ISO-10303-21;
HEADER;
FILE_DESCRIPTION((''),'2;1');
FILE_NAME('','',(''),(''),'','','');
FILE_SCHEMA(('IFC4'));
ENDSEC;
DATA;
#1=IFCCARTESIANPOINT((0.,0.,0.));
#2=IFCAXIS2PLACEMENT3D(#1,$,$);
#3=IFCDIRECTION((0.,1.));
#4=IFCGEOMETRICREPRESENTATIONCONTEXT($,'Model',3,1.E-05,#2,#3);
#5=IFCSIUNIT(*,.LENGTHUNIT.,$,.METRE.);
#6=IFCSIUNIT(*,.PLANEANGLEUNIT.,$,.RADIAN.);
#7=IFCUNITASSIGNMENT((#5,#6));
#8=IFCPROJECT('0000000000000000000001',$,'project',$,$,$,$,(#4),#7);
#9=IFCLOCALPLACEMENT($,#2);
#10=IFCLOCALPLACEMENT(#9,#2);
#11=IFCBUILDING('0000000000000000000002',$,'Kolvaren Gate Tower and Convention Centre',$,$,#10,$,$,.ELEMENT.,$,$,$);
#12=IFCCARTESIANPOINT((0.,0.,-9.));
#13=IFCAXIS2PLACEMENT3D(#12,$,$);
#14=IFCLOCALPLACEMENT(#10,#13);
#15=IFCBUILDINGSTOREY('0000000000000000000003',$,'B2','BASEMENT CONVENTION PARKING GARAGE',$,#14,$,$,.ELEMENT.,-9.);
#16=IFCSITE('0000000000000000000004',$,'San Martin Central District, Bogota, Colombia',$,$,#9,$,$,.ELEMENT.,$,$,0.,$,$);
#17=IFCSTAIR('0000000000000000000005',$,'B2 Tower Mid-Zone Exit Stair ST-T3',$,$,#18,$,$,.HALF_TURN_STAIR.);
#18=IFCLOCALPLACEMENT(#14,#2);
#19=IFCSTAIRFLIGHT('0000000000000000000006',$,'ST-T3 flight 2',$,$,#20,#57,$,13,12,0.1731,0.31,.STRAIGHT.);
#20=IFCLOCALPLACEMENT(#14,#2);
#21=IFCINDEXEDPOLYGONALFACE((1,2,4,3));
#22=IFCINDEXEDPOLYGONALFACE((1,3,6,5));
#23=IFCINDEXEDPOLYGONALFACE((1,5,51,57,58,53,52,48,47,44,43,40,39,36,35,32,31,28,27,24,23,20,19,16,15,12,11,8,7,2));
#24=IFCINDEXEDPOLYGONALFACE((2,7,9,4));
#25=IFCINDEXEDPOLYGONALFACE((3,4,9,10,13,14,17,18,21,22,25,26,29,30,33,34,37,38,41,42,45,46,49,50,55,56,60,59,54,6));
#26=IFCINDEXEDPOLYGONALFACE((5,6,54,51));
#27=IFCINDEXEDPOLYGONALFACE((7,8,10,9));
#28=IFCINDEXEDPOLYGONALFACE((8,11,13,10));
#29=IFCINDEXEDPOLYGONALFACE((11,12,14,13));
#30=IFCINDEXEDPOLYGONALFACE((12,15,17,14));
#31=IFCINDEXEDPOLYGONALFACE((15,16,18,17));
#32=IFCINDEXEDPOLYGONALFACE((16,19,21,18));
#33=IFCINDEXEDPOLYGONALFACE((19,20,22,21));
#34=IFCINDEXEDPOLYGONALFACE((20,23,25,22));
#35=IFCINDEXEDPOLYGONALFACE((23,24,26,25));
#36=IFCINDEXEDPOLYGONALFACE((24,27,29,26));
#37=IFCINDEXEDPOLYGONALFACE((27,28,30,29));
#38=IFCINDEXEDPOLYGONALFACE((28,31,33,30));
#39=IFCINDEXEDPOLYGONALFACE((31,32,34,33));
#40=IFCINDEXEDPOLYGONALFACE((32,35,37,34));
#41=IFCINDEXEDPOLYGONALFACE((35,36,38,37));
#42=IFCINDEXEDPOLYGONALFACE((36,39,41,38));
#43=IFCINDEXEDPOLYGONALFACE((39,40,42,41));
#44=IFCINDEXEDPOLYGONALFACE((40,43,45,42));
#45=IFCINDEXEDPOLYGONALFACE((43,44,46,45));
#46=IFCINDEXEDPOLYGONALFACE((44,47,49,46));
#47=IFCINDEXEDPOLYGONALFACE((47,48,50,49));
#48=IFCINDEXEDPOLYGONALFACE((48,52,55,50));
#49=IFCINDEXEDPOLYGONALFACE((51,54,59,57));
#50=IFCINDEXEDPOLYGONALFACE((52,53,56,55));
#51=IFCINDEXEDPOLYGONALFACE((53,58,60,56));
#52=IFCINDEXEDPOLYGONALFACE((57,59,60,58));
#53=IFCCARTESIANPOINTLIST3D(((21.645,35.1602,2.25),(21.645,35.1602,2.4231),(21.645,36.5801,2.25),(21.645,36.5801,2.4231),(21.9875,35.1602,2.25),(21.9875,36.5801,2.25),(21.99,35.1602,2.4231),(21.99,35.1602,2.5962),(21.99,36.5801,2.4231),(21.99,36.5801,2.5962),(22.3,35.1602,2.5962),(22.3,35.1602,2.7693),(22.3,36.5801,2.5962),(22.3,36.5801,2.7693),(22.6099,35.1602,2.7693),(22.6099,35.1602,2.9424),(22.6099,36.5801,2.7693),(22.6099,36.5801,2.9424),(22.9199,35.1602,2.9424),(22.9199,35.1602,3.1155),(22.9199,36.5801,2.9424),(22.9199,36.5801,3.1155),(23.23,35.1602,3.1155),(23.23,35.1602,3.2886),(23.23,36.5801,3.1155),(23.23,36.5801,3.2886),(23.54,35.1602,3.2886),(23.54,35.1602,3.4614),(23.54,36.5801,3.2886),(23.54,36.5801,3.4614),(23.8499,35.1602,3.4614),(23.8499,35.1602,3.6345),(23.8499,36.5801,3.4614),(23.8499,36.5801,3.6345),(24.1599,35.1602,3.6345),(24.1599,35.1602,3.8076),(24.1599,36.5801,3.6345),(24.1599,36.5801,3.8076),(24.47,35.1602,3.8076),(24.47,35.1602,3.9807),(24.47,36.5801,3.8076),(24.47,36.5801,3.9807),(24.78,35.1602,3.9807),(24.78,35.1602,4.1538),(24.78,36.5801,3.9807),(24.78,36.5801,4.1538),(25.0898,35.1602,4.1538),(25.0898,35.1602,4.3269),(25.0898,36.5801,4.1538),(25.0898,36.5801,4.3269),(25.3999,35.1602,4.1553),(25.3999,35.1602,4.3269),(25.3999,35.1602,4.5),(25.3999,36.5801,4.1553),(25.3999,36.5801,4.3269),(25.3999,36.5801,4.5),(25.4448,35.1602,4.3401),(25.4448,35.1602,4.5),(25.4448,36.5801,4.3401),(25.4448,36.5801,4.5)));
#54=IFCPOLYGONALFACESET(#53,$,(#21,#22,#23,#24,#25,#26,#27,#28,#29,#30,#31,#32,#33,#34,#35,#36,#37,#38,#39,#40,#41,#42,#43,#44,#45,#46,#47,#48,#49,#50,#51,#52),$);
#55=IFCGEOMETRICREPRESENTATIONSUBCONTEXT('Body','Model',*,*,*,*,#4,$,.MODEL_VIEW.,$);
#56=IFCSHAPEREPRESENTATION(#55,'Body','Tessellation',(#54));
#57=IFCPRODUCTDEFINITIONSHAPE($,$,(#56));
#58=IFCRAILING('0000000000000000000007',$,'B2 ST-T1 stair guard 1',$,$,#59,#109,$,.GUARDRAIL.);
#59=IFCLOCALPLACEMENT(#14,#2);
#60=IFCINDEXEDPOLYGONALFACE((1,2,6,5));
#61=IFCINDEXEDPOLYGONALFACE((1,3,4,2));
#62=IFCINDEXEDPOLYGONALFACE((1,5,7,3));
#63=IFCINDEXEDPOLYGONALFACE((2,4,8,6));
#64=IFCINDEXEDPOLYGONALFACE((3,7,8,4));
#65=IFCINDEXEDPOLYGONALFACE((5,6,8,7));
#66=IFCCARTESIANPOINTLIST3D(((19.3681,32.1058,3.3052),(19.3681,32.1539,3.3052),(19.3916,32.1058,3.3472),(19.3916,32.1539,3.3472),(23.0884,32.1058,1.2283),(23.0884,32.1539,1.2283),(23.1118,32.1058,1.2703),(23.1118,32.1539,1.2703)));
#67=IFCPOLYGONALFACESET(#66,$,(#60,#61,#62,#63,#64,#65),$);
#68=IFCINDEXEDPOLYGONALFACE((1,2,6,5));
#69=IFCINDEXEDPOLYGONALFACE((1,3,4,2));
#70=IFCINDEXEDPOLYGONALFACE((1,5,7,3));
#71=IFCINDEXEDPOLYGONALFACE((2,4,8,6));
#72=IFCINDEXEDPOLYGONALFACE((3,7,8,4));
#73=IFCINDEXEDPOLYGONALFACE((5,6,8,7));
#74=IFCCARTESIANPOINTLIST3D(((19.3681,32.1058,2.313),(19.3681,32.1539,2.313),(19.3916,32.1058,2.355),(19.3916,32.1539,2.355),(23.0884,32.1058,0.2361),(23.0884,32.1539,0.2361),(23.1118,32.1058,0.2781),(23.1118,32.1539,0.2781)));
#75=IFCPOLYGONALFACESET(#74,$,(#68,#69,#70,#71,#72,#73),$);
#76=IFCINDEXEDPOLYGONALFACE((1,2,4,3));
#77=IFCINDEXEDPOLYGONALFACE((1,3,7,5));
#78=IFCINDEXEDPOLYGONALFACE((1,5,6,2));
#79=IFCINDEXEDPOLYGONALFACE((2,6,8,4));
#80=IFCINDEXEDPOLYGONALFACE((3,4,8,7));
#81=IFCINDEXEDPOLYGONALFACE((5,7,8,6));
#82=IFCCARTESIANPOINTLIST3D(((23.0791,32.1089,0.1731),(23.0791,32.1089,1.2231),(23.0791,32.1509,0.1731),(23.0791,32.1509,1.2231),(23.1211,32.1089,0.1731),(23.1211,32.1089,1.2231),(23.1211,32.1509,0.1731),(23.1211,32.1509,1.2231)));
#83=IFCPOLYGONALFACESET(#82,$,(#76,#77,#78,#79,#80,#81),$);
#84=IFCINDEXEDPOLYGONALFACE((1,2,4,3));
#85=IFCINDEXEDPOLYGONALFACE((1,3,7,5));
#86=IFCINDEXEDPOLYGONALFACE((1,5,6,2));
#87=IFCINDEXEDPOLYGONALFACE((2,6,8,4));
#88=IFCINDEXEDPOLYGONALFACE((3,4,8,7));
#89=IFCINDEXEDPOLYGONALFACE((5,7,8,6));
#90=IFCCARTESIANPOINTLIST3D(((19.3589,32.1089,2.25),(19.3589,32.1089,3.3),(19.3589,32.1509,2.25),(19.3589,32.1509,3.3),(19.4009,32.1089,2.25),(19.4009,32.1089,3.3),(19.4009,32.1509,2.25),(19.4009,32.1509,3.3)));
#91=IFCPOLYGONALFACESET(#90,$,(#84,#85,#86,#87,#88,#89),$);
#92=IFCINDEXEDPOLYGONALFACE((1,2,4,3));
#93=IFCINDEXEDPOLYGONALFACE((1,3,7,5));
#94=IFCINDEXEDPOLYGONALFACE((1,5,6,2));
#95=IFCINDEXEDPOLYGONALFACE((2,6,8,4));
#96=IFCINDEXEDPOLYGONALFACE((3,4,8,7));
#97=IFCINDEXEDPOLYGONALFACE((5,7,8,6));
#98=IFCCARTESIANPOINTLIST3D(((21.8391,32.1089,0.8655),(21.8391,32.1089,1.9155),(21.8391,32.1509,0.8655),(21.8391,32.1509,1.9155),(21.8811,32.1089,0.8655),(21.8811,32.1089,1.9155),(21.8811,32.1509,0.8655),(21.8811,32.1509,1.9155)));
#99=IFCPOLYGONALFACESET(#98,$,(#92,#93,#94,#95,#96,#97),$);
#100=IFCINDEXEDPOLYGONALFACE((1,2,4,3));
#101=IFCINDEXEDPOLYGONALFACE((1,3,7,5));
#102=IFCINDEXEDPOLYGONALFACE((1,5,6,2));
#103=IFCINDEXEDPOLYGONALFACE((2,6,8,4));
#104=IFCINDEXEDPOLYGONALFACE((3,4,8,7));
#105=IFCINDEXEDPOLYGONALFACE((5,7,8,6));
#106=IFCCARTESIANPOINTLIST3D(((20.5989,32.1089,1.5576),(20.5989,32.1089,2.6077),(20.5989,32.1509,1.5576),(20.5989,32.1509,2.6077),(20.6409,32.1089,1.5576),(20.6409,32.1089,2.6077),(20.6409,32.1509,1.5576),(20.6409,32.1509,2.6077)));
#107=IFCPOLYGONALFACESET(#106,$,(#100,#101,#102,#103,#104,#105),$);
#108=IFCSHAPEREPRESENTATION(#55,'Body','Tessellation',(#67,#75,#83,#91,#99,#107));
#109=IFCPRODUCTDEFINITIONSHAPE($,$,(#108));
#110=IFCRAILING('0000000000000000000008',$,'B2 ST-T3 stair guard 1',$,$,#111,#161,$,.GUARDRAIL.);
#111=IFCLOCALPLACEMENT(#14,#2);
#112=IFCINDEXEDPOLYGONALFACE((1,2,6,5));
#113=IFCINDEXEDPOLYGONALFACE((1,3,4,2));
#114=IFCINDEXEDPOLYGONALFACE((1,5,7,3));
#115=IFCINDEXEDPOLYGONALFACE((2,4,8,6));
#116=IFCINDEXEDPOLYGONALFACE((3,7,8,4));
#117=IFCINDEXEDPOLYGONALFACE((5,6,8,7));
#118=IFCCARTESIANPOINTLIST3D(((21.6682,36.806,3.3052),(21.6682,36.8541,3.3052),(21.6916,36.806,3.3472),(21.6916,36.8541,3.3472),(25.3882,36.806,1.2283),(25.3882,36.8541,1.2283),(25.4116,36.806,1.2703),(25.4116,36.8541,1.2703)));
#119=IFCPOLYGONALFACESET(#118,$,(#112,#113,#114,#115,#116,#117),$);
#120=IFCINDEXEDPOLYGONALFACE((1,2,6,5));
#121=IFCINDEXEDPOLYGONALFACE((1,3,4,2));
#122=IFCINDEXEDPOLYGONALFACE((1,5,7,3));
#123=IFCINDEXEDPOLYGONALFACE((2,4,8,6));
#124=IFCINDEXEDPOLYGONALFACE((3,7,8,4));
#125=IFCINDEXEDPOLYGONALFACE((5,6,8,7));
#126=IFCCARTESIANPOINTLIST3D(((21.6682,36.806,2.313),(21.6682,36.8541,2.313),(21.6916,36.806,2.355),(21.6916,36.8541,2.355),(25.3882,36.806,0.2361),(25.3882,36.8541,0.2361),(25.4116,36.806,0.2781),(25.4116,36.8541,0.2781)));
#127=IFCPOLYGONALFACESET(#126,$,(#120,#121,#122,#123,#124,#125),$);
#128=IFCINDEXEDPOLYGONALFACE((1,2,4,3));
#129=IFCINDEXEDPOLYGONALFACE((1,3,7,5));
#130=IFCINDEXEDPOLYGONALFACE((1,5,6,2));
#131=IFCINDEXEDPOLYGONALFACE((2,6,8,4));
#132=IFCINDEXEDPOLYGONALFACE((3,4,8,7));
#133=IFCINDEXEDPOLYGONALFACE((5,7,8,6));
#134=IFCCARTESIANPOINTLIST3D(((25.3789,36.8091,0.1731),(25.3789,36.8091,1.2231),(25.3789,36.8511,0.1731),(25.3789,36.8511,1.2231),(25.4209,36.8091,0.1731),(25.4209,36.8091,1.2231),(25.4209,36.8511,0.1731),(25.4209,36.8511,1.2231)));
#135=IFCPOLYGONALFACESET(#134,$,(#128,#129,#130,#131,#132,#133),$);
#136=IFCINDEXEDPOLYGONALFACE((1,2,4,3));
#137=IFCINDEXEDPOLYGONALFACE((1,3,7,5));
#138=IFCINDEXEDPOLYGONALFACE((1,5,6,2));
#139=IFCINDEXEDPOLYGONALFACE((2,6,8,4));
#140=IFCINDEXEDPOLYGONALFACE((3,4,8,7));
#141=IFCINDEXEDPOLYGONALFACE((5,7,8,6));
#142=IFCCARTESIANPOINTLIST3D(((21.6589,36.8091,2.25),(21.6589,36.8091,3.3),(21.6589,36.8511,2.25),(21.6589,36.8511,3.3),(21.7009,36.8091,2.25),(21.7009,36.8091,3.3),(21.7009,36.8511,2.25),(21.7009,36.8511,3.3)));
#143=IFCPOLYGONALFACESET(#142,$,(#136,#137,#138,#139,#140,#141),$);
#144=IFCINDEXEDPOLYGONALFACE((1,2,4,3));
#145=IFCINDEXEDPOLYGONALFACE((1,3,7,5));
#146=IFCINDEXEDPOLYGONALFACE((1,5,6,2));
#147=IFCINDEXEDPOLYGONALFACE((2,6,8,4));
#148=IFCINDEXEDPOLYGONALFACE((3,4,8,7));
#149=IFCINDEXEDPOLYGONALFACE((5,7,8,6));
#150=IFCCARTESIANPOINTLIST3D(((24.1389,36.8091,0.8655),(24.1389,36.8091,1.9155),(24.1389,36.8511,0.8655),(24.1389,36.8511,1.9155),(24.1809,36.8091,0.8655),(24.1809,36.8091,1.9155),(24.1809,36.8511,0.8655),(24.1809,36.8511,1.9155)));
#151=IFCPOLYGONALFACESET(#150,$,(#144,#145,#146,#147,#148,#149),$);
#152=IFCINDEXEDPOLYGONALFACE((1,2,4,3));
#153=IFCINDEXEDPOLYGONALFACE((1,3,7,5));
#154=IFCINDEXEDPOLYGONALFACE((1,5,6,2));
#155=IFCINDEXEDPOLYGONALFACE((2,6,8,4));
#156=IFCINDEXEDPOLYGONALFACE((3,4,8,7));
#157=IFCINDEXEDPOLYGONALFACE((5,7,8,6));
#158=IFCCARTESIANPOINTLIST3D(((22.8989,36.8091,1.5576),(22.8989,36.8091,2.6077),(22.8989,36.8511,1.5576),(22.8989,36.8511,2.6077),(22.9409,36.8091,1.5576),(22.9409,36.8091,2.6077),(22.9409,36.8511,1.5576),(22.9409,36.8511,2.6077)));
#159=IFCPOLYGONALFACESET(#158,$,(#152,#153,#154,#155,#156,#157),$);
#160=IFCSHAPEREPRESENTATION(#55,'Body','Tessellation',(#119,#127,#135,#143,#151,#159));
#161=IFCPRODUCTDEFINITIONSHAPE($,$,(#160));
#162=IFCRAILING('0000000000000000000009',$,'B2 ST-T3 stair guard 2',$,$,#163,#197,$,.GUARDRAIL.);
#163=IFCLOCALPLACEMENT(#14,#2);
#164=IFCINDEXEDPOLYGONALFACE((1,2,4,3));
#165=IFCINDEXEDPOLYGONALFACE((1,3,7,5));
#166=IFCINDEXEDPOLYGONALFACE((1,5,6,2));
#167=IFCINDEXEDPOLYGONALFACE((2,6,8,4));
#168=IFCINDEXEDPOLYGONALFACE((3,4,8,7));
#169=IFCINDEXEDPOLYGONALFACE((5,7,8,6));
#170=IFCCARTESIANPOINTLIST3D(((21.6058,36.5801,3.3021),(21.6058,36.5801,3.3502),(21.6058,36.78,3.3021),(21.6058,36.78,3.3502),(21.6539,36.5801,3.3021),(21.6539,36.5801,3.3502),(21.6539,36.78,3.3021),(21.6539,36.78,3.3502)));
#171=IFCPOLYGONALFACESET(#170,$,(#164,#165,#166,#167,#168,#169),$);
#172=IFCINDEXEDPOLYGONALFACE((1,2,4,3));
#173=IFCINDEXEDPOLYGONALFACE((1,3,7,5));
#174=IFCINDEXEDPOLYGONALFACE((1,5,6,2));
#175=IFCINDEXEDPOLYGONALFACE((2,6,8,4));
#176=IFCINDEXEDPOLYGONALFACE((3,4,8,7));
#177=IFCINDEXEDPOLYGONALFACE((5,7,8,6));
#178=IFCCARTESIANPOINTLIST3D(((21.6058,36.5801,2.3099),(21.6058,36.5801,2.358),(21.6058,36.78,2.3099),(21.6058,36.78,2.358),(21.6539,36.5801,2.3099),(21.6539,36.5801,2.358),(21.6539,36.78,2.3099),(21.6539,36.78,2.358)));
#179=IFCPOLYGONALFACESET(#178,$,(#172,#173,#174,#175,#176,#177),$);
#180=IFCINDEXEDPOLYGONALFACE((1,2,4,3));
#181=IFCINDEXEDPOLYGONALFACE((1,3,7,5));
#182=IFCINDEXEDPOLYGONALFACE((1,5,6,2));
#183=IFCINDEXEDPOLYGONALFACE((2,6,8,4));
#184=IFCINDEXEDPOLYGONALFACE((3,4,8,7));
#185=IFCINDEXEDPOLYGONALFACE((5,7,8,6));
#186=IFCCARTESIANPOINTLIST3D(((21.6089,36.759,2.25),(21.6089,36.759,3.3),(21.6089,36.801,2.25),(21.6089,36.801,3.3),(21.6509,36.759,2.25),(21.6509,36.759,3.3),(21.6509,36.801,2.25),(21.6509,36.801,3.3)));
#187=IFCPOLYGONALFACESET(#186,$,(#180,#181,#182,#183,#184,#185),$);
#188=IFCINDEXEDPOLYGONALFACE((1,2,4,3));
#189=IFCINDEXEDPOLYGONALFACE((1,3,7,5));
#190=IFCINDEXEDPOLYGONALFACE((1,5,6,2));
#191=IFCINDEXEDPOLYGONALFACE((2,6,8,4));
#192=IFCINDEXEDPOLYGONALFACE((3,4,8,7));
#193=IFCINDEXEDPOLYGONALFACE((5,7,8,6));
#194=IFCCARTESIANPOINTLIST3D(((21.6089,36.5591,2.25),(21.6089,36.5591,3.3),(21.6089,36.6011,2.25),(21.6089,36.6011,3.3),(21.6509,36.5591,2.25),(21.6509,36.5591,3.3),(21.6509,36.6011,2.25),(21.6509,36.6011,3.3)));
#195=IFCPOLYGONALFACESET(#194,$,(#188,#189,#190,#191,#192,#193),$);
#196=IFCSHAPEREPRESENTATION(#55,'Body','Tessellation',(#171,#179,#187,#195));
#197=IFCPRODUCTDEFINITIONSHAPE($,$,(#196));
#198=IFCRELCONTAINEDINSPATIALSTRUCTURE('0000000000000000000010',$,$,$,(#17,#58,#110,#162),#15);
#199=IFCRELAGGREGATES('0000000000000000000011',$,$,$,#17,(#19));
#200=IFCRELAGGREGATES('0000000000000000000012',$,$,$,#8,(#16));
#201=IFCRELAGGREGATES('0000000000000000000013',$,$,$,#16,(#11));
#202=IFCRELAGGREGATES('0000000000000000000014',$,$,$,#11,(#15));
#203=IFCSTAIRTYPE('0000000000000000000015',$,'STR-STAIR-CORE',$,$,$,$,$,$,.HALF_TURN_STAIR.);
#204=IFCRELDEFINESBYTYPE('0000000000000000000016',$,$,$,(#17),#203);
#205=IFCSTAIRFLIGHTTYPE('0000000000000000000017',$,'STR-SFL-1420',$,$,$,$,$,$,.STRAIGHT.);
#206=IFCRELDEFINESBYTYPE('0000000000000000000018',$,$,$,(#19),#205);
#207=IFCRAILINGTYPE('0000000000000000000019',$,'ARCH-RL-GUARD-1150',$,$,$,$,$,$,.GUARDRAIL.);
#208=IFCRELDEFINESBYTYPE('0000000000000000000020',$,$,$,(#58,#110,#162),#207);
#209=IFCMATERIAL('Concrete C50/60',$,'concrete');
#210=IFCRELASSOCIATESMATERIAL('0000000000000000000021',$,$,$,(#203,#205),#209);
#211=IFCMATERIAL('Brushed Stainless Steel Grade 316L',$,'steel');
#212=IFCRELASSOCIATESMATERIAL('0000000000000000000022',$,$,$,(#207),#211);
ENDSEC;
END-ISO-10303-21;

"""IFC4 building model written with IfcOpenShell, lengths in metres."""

from ifc_helpers import new_model, si_unit, direction, frame, origin, origin_2d, place, context, subcontext, project, spatial, polyline, rectangle, outline, extrude, material, type_object, element, aggregate, save


model = new_model("IFC4")

# Units and contexts
model_context = context("Model", 3, precision=1e-05, world=origin(), true_north=direction((0.0, 1.0)))
body_context = subcontext(model_context, "Body", "Model", "MODEL_VIEW")
ifc_project = project(units=[si_unit("LENGTHUNIT", "METRE"), si_unit("PLANEANGLEUNIT", "RADIAN")], contexts=[model_context])

# Site, building, storey
site_placement = place(None, origin())
site = spatial("IfcSite", under=ifc_project, at=site_placement, Name="San Martin Central District, Bogota, Colombia", CompositionType="ELEMENT", RefElevation=0.0)
building_placement = place(site_placement, origin())
building = spatial("IfcBuilding", under=site, at=building_placement, Name="Kolvaren Gate Tower and Convention Centre", CompositionType="ELEMENT")
storey_placement = place(building_placement, frame((0.0, 0.0, -9.0)))
storey = spatial("IfcBuildingStorey", under=building, at=storey_placement, Name="B2", Description="BASEMENT CONVENTION PARKING GARAGE", CompositionType="ELEMENT", Elevation=-9.0)

# Shared definitions
ifc_material_1 = material(Name="Concrete C50/60", Category="concrete")

# Shared definitions
stair_type = type_object("IfcStairType", Name="STR-STAIR-CORE", PredefinedType="HALF_TURN_STAIR", material=ifc_material_1)
stair_flight_type = type_object("IfcStairFlightType", Name="STR-SFL-1420", PredefinedType="STRAIGHT", material=ifc_material_1)

# Stair, stair flight
stair_1_placement = place(storey_placement, origin())
stair_1 = element("IfcStair", 1, at=stair_1_placement, inside=storey, type_object=stair_type, Name="B2 Tower Mid-Zone Exit Stair ST-T3", PredefinedType="HALF_TURN_STAIR")
stair_flight_1_placement = place(storey_placement, frame((21.6799, 35.8701, 2.25), z_axis=(0.0, 0.0, 1.0), x_axis=(1.0, 0.0, 0.0)))
stair_flight_1 = element("IfcStairFlight", 2, at=stair_flight_1_placement, type_object=stair_flight_type, Name="ST-T3 flight 2", NumberOfRisers=13, NumberOfTreads=12, PredefinedType="STRAIGHT", RiserHeight=0.1731, TreadLength=0.31, context=body_context, shape_type="SweptSolid", body=[
    extrude(outline(polyline([(-0.0349, 0.0), (-0.0349, 0.1731), (0.3101, 0.1731), (0.3101, 0.3462), (0.6201, 0.3462), (0.6201, 0.5193), (0.9299, 0.5193), (0.9299, 0.6924), (1.24, 0.6924), (1.24, 0.8655), (1.55, 0.8655), (1.55, 1.0386), (1.8601, 1.0386), (1.8601, 1.2114), (2.1699, 1.2114), (2.1699, 1.3845), (2.48, 1.3845), (2.48, 1.5576), (2.79, 1.5576), (2.79, 1.7307), (3.1001, 1.7307), (3.1001, 1.9038), (3.4099, 1.9038), (3.4099, 2.0769), (3.72, 2.0769), (3.72, 2.25), (3.7649, 2.25), (3.7649, 2.0901), (3.72, 1.9053), (0.3076, 0.0), (-0.0349, 0.0)])), frame((0.0, 0.71, 0.0), z_axis=(0.0, -1.0, 0.0), x_axis=(1.0, 0.0, 0.0)), (0.0, 0.0, 1.0), 1.4199),
])
aggregate(stair_1, [stair_flight_1])

# Railings
ifc_material_2 = material(Name="Brushed Stainless Steel Grade 316L", Category="steel")
railing_type_1 = type_object("IfcRailingType", Name="ARCH-RL-GUARD-1150", PredefinedType="GUARDRAIL", material=ifc_material_2)
railing_1_placement = place(storey_placement, frame((23.1001, 32.1299, 0.1731)))
element("IfcRailing", 3, at=railing_1_placement, inside=storey, type_object=railing_type_1, Name="B2 ST-T1 stair guard 1", PredefinedType="GUARDRAIL", context=body_context, shape_type="SweptSolid", body=[
    extrude(rectangle(XDim=0.0481, YDim=0.0481, at=origin_2d()), frame((0.0, 0.0, 1.0762), z_axis=(-0.873147, 0.0, 0.487457), x_axis=(0.0, -1.0, 0.0)), (0.0, 0.0, 1.0), 4.2607),
    extrude(rectangle(XDim=0.0481, YDim=0.0481, at=origin_2d()), frame((0.0, 0.0, 0.084), z_axis=(-0.873147, 0.0, 0.487457), x_axis=(0.0, -1.0, 0.0)), (0.0, 0.0, 1.0), 4.2607),
    extrude(rectangle(XDim=0.042, YDim=0.042, at=origin_2d()), origin(), (0.0, 0.0, 1.0), 1.05),
    extrude(rectangle(XDim=0.042, YDim=0.042, at=origin_2d()), frame((-3.7202, 0.0, 2.0769)), (0.0, 0.0, 1.0), 1.05),
    extrude(rectangle(XDim=0.042, YDim=0.042, at=origin_2d()), frame((-1.24, 0.0, 0.6924)), (0.0, 0.0, 1.0), 1.05),
    extrude(rectangle(XDim=0.042, YDim=0.042, at=origin_2d()), frame((-2.4802, 0.0, 1.3845)), (0.0, 0.0, 1.0), 1.05),
])
railing_2_placement = place(storey_placement, frame((25.3999, 36.8301, 0.1731)))
element("IfcRailing", 4, at=railing_2_placement, inside=storey, type_object=railing_type_1, Name="B2 ST-T3 stair guard 1", PredefinedType="GUARDRAIL", context=body_context, shape_type="SweptSolid", body=[
    extrude(rectangle(XDim=0.0481, YDim=0.0481, at=origin_2d()), frame((0.0, 0.0, 1.0762), z_axis=(-0.873134, 0.0, 0.487481), x_axis=(0.0, -1.0, 0.0)), (0.0, 0.0, 1.0), 4.2605),
    extrude(rectangle(XDim=0.0481, YDim=0.0481, at=origin_2d()), frame((0.0, 0.0, 0.084), z_axis=(-0.873134, 0.0, 0.487481), x_axis=(0.0, -1.0, 0.0)), (0.0, 0.0, 1.0), 4.2605),
    extrude(rectangle(XDim=0.042, YDim=0.042, at=origin_2d()), origin(), (0.0, 0.0, 1.0), 1.05),
    extrude(rectangle(XDim=0.042, YDim=0.042, at=origin_2d()), frame((-3.72, 0.0, 2.0769)), (0.0, 0.0, 1.0), 1.05),
    extrude(rectangle(XDim=0.042, YDim=0.042, at=origin_2d()), frame((-1.24, 0.0, 0.6924)), (0.0, 0.0, 1.0), 1.05),
    extrude(rectangle(XDim=0.042, YDim=0.042, at=origin_2d()), frame((-2.48, 0.0, 1.3845)), (0.0, 0.0, 1.0), 1.05),
])
railing_3_placement = place(storey_placement, frame((21.6299, 36.78, 2.25)))
element("IfcRailing", 5, at=railing_3_placement, inside=storey, type_object=railing_type_1, Name="B2 ST-T3 stair guard 2", PredefinedType="GUARDRAIL", context=body_context, shape_type="SweptSolid", body=[
    extrude(rectangle(XDim=0.0481, YDim=0.0481, at=origin_2d()), frame((0.0, 0.0, 1.0762), z_axis=(0.0, -1.0, 0.0), x_axis=(1.0, 0.0, 0.0)), (0.0, 0.0, 1.0), 0.2),
    extrude(rectangle(XDim=0.0481, YDim=0.0481, at=origin_2d()), frame((0.0, 0.0, 0.084), z_axis=(0.0, -1.0, 0.0), x_axis=(1.0, 0.0, 0.0)), (0.0, 0.0, 1.0), 0.2),
    extrude(rectangle(XDim=0.042, YDim=0.042, at=origin_2d()), origin(), (0.0, 0.0, 1.0), 1.05),
    extrude(rectangle(XDim=0.042, YDim=0.042, at=origin_2d()), frame((0.0, -0.2, 0.0)), (0.0, 0.0, 1.0), 1.05),
])

save(model, "model.ifc")
